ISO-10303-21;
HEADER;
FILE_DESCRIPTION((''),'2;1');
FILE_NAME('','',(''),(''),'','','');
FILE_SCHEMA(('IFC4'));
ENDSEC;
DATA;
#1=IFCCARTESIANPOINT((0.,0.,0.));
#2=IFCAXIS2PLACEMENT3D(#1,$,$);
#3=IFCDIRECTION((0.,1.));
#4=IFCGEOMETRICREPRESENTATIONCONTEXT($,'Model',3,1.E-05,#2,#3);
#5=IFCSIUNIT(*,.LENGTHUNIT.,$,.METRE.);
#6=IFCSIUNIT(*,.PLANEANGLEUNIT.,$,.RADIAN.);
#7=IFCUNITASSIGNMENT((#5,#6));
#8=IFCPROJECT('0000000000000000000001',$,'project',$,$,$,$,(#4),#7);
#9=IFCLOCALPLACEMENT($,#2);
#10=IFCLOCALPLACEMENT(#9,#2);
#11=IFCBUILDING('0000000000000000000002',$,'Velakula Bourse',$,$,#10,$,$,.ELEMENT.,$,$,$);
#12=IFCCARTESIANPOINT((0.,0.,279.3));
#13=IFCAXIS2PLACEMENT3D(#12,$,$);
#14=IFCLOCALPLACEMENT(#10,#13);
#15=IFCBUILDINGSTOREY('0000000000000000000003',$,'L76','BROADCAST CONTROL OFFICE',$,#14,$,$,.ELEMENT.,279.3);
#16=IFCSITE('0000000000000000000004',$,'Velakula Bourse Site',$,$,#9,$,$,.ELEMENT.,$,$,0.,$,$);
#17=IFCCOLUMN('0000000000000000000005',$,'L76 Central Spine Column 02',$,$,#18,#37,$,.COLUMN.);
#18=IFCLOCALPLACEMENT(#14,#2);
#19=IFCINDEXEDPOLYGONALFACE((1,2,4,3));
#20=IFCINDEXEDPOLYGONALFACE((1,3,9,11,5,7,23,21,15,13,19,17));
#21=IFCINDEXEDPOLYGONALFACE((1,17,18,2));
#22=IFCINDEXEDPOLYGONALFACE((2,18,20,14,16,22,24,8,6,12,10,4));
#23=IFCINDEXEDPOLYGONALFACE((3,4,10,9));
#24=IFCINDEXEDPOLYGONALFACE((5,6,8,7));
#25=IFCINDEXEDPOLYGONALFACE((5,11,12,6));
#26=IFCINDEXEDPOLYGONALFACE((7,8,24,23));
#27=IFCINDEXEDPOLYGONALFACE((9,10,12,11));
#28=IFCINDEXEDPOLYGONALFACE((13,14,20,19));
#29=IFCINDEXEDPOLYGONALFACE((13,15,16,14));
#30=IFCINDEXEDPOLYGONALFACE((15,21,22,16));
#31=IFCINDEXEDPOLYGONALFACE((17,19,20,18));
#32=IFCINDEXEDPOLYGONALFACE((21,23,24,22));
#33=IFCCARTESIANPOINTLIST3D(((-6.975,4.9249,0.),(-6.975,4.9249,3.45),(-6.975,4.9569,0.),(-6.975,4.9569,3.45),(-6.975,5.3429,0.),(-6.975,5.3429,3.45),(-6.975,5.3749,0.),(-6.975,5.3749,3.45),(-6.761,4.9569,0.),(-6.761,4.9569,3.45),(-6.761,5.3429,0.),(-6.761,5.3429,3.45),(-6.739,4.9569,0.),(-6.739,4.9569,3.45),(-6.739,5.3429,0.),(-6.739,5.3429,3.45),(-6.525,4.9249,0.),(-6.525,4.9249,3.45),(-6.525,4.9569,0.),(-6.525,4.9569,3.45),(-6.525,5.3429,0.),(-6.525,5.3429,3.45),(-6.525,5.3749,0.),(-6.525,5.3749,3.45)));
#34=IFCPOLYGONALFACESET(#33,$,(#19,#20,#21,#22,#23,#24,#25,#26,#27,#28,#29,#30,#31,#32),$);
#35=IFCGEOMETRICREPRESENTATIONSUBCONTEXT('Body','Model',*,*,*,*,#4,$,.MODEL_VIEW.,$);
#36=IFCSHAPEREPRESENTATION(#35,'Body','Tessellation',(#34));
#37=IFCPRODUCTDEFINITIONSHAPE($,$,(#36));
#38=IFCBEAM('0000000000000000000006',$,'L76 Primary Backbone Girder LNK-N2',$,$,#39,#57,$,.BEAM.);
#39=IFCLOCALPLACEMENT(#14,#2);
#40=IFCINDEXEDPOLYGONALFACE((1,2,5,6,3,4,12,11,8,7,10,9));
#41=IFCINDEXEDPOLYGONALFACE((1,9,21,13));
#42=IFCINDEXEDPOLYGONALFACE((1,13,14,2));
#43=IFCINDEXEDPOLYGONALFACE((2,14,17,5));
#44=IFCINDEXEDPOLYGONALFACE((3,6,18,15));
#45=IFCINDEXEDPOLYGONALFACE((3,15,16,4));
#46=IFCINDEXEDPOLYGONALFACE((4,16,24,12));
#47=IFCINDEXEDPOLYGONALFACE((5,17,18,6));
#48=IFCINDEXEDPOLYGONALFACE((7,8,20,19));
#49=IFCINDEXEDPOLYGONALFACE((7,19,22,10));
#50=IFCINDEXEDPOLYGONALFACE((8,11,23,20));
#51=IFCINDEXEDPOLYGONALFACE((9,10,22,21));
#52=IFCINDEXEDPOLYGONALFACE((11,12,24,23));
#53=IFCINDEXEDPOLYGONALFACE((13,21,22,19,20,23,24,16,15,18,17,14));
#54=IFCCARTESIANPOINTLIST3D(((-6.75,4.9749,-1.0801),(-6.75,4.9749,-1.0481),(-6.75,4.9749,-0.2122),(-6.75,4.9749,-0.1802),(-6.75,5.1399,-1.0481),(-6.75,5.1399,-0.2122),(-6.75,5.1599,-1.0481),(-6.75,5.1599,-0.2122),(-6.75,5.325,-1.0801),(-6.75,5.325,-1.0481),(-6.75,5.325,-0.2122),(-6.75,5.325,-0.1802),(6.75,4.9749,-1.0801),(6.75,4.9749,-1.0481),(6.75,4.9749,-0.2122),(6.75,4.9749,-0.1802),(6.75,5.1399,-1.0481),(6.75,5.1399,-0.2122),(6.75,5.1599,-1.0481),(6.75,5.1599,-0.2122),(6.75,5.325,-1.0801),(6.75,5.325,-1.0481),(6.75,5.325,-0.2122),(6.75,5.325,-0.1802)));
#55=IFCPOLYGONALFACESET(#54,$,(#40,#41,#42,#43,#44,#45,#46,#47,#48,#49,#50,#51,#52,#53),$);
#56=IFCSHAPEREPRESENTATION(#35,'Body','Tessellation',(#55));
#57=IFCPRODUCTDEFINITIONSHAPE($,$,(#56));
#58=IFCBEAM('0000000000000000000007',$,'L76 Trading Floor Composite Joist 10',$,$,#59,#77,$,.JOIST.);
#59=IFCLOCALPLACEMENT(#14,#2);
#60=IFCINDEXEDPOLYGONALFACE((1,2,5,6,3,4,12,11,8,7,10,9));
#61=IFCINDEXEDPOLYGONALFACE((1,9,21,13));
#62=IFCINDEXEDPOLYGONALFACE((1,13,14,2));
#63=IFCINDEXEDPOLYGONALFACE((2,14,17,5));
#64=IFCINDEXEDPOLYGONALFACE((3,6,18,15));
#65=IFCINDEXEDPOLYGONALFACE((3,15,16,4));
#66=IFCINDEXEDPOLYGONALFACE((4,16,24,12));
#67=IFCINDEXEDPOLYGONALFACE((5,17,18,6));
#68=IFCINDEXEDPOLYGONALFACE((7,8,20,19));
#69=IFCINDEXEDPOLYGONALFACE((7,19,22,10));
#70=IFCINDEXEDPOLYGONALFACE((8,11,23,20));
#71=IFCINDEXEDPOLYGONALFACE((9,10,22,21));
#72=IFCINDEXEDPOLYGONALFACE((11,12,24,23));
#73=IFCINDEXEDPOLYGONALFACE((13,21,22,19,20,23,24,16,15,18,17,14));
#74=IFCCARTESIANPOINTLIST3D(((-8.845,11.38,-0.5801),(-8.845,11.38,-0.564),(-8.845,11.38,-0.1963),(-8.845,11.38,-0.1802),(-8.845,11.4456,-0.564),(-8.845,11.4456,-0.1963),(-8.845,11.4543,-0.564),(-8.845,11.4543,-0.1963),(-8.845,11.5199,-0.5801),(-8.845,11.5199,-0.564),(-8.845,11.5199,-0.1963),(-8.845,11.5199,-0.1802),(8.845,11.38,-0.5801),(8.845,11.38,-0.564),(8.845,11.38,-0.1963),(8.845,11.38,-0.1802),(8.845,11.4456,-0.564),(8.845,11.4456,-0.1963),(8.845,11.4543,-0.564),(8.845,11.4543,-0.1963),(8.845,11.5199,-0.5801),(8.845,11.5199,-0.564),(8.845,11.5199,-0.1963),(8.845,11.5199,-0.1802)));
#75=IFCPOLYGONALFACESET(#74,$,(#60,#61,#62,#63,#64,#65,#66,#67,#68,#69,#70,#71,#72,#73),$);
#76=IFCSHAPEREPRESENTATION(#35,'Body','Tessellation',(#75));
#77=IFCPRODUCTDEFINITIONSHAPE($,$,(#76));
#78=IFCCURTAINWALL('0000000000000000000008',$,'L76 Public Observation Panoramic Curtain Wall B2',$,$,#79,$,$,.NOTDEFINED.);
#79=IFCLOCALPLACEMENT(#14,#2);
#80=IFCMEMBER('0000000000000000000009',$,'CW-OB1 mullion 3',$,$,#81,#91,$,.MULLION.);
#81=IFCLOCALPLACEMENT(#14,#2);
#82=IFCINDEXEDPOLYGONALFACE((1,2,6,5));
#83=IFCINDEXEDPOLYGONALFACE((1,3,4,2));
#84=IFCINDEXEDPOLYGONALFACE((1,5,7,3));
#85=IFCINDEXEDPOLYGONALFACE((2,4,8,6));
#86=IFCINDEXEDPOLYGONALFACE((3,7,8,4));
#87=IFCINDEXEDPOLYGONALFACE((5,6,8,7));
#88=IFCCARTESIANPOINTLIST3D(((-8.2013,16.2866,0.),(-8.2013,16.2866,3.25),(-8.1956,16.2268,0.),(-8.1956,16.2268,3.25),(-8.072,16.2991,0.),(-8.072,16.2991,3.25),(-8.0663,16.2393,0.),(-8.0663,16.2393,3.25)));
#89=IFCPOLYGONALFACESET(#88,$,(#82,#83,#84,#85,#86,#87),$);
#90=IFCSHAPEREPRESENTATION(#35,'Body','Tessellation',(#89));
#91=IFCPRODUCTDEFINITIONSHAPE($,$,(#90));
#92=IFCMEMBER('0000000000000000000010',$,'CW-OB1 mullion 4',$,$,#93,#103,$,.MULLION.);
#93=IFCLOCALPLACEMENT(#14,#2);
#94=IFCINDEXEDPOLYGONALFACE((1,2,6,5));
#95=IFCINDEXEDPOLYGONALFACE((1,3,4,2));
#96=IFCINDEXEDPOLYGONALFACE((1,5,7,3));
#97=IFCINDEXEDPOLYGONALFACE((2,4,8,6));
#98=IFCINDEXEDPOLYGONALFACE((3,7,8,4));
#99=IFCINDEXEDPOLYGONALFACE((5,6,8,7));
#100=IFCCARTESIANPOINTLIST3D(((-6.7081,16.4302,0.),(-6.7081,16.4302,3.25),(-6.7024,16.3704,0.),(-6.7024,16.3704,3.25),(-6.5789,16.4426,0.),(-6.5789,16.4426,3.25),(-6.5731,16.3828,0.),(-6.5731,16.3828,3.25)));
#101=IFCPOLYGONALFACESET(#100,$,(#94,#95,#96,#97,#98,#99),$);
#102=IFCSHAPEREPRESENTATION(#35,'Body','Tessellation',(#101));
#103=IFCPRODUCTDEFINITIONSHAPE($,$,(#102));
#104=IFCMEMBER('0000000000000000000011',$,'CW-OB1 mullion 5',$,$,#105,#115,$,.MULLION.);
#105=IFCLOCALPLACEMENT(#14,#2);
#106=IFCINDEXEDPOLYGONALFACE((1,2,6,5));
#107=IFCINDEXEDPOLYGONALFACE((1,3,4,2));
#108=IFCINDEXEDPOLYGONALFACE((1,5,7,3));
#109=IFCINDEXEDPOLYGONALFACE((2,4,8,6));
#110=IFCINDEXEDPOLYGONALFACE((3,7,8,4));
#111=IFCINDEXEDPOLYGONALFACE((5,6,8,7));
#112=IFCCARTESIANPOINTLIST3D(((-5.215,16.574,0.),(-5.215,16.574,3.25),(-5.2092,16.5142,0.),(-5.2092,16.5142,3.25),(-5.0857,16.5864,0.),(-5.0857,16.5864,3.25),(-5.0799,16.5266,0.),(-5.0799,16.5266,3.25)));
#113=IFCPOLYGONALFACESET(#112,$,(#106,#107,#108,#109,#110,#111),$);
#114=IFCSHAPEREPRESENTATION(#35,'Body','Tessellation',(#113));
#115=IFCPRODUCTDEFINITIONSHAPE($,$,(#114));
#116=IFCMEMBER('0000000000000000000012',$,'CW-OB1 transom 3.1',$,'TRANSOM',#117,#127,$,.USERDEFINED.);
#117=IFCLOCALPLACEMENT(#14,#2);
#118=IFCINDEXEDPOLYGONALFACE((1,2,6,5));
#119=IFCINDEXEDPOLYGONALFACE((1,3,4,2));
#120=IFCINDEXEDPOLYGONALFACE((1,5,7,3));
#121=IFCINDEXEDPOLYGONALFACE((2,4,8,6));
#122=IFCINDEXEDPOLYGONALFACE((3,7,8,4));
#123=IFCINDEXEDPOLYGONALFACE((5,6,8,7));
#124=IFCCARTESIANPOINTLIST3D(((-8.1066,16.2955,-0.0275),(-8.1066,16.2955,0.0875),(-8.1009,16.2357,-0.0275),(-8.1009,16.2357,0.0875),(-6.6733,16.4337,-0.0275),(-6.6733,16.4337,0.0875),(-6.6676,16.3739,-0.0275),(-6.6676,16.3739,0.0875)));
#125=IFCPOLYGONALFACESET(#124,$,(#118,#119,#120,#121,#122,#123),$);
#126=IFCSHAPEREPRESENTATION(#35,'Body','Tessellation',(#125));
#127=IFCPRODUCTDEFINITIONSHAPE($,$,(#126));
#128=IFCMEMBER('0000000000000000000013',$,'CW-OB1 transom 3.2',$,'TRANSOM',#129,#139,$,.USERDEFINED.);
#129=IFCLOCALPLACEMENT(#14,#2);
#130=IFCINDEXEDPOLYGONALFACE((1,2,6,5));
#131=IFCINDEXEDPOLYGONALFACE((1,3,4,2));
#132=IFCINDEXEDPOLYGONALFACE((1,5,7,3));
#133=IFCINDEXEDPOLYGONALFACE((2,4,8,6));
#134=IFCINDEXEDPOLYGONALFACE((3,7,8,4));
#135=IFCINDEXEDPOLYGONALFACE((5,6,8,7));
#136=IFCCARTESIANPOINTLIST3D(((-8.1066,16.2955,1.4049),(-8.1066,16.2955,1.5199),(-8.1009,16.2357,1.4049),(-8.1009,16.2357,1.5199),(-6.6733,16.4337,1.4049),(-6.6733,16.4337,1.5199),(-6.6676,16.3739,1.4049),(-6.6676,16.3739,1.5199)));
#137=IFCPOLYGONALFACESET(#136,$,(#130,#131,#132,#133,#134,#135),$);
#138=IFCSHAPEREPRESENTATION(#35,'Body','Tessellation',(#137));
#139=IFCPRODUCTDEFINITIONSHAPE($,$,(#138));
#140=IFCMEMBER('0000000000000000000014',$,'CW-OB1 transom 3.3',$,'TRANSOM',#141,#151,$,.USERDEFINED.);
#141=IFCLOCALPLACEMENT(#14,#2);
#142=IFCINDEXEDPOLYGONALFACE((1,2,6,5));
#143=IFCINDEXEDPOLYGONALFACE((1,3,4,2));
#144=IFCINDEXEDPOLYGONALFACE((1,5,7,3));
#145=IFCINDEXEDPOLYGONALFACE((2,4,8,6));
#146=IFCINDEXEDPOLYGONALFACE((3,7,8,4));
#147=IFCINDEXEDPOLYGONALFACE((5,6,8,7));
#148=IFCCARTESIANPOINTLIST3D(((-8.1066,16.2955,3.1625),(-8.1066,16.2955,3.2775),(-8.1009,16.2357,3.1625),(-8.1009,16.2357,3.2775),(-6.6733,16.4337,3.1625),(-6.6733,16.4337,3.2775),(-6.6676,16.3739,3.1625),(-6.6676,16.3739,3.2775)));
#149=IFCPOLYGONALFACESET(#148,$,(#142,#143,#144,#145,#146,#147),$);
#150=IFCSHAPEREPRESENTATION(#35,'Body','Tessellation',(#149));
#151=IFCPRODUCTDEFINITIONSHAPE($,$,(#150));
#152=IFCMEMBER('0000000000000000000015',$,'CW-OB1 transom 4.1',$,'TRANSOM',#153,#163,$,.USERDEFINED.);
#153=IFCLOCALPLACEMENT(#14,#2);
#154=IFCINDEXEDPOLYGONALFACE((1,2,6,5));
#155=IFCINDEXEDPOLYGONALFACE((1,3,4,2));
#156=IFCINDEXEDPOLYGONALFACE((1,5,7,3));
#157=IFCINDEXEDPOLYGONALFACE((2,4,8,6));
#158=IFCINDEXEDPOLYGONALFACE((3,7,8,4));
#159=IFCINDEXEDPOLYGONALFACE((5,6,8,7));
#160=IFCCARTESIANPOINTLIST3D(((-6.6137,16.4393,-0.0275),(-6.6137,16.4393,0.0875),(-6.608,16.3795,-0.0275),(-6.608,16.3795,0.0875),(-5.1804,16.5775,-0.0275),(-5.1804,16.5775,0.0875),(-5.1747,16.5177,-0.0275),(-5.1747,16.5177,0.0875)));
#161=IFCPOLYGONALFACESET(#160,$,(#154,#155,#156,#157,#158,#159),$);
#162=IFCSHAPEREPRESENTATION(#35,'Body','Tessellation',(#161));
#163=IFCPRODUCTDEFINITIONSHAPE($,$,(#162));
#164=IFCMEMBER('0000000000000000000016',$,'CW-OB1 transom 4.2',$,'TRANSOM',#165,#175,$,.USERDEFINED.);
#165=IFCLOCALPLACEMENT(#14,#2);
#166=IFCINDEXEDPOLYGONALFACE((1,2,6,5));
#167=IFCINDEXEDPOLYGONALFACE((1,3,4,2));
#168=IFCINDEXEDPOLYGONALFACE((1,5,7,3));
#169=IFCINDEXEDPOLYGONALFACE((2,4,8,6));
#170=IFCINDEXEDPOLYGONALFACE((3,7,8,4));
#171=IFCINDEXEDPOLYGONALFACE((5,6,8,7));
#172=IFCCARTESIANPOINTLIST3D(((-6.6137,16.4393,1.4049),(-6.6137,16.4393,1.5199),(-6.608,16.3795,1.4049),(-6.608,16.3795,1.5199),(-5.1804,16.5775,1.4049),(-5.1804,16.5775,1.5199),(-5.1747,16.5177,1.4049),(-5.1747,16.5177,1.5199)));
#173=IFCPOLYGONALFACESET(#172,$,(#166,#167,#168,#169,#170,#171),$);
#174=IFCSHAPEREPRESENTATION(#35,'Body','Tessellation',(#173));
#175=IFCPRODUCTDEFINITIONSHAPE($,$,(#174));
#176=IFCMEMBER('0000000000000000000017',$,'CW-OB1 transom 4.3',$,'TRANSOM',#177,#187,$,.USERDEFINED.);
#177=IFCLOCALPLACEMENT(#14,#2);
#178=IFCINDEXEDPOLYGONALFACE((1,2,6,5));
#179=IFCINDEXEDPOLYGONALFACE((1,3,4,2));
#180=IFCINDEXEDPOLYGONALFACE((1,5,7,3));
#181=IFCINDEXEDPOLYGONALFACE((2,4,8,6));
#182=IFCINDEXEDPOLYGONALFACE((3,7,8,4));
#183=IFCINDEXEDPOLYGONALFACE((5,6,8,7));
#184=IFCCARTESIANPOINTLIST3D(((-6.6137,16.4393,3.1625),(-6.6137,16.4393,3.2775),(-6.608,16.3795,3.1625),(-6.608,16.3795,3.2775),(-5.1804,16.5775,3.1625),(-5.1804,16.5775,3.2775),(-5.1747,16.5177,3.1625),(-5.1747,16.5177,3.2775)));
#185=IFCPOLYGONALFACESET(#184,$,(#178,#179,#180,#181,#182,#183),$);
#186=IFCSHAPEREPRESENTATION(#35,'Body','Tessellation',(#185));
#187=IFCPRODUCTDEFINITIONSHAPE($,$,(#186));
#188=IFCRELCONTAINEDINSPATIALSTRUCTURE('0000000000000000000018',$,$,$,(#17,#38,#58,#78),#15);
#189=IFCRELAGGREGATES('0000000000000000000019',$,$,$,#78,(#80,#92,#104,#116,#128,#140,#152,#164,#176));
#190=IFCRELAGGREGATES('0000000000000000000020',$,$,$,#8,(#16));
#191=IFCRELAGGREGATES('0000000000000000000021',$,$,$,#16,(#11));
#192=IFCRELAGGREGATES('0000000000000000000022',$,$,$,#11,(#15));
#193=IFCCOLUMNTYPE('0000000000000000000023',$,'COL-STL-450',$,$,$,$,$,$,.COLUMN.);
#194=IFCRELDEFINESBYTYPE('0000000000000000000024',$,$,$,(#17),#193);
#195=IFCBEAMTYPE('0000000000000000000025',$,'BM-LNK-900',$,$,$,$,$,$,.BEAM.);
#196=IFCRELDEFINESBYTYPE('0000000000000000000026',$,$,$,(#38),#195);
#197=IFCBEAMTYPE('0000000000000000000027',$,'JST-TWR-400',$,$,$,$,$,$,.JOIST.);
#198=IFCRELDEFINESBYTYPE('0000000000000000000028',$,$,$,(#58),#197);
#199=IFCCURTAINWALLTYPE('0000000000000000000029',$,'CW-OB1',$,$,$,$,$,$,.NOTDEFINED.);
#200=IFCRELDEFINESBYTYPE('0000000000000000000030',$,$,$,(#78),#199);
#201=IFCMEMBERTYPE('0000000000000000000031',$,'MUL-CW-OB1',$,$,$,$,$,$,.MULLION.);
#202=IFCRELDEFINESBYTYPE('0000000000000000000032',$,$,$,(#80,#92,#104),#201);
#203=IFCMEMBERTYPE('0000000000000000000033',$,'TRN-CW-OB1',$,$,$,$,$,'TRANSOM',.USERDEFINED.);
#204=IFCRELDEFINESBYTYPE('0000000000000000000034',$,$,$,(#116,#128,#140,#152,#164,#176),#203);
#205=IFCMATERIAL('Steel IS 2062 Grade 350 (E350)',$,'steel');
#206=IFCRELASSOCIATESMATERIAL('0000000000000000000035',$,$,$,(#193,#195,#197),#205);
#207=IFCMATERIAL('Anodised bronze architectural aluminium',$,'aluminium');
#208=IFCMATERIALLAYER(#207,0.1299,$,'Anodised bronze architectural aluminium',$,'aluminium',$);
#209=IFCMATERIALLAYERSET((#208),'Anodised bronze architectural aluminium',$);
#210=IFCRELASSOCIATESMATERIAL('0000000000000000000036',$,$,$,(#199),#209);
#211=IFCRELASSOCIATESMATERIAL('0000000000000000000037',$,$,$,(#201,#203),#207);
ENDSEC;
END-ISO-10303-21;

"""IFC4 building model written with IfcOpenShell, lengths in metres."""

from ifc_helpers import new_model, si_unit, direction, frame, origin, origin_2d, place, context, subcontext, project, spatial, rectangle, i_section, extrude, material, layer, layer_set, material_profile, profile_set, type_object, element, aggregate, save


model = new_model("IFC4")

# Units and contexts
model_context = context("Model", 3, precision=1e-05, world=origin(), true_north=direction((0.0, 1.0)))
body_context = subcontext(model_context, "Body", "Model", "MODEL_VIEW")
ifc_project = project(units=[si_unit("LENGTHUNIT", "METRE"), si_unit("PLANEANGLEUNIT", "RADIAN")], contexts=[model_context])

# Site, building, storey
site_placement = place(None, origin())
site = spatial("IfcSite", under=ifc_project, at=site_placement, Name="Velakula Bourse Site", CompositionType="ELEMENT", RefElevation=0.0)
building_placement = place(site_placement, origin())
building = spatial("IfcBuilding", under=site, at=building_placement, Name="Velakula Bourse", CompositionType="ELEMENT")
storey_placement = place(building_placement, frame((0.0, 0.0, 279.3)))
storey = spatial("IfcBuildingStorey", under=building, at=storey_placement, Name="L76", Description="BROADCAST CONTROL OFFICE", CompositionType="ELEMENT", Elevation=279.3)

# Column
ifc_material_1 = material(Name="Steel IS 2062 Grade 350 (E350)", Category="steel")
ifc_material_profile_1 = material_profile(ifc_material_1, i_section(OverallWidth=0.45, OverallDepth=0.45, WebThickness=0.022, FlangeThickness=0.032, at=origin_2d()), Name="Steel IS 2062 Grade 350 (E350)")
ifc_profile_set_1 = profile_set([ifc_material_profile_1], Name="Steel IS 2062 Grade 350 (E350)")
column_type = type_object("IfcColumnType", Name="COL-STL-450", PredefinedType="COLUMN", material=ifc_profile_set_1)
column_placement = place(storey_placement, frame((-6.75, 5.1499, 0.0), z_axis=(0.0, 0.0, 1.0), x_axis=(1.0, 0.0, 0.0)))
element("IfcColumn", 1, at=column_placement, inside=storey, type_object=column_type, Name="L76 Central Spine Column 02", PredefinedType="COLUMN", context=body_context, shape_type="SweptSolid", body=[
    extrude(i_section(OverallWidth=0.45, OverallDepth=0.45, WebThickness=0.022, FlangeThickness=0.032, at=origin_2d()), origin(), (0.0, 0.0, 1.0), 3.45),
])

# Beams
ifc_material_profile_2 = material_profile(ifc_material_1, i_section(OverallWidth=0.3501, OverallDepth=0.8999, WebThickness=0.02, FlangeThickness=0.032, at=origin_2d()), Name="Steel IS 2062 Grade 350 (E350)")
ifc_profile_set_2 = profile_set([ifc_material_profile_2], Name="Steel IS 2062 Grade 350 (E350)")
beam_type_1 = type_object("IfcBeamType", Name="BM-LNK-900", PredefinedType="BEAM", material=ifc_profile_set_2)
beam_1_placement = place(storey_placement, frame((-6.75, 5.1499, -0.6301), z_axis=(1.0, 0.0, 0.0), x_axis=(0.0, 1.0, 0.0)))
element("IfcBeam", 2, at=beam_1_placement, inside=storey, type_object=beam_type_1, Name="L76 Primary Backbone Girder LNK-N2", PredefinedType="BEAM", context=body_context, shape_type="SweptSolid", body=[
    extrude(i_section(OverallWidth=0.3501, OverallDepth=0.8999, WebThickness=0.02, FlangeThickness=0.032, at=origin_2d()), origin(), (0.0, 0.0, 1.0), 13.5),
])
ifc_material_profile_3 = material_profile(ifc_material_1, i_section(OverallWidth=0.1399, OverallDepth=0.3999, WebThickness=0.0088, FlangeThickness=0.0161, at=origin_2d()), Name="Steel IS 2062 Grade 350 (E350)")
ifc_profile_set_3 = profile_set([ifc_material_profile_3], Name="Steel IS 2062 Grade 350 (E350)")
beam_type_2 = type_object("IfcBeamType", Name="JST-TWR-400", PredefinedType="JOIST", material=ifc_profile_set_3)
beam_2_placement = place(storey_placement, frame((-8.845, 11.45, -0.3801), z_axis=(1.0, 0.0, 0.0), x_axis=(0.0, 1.0, 0.0)))
element("IfcBeam", 3, at=beam_2_placement, inside=storey, type_object=beam_type_2, Name="L76 Trading Floor Composite Joist 10", PredefinedType="JOIST", context=body_context, shape_type="SweptSolid", body=[
    extrude(i_section(OverallWidth=0.1399, OverallDepth=0.3999, WebThickness=0.0088, FlangeThickness=0.0161, at=origin_2d()), origin(), (0.0, 0.0, 1.0), 17.6899),
])

# Curtain wall, members
ifc_material_2 = material(Name="Anodised bronze architectural aluminium", Category="aluminium")
ifc_layer_1 = layer(ifc_material_2, 0.1299, Name="Anodised bronze architectural aluminium", Category="aluminium")
ifc_layer_set_1 = layer_set([ifc_layer_1], Name="Anodised bronze architectural aluminium")
curtain_wall_type = type_object("IfcCurtainWallType", Name="CW-OB1", PredefinedType="NOTDEFINED", material=ifc_layer_set_1)
curtain_wall_placement = place(storey_placement, origin())
curtain_wall = element("IfcCurtainWall", 4, at=curtain_wall_placement, inside=storey, type_object=curtain_wall_type, Name="L76 Public Observation Panoramic Curtain Wall B2", PredefinedType="NOTDEFINED")
ifc_material_profile_4 = material_profile(ifc_material_2, rectangle(XDim=0.0601, YDim=0.1299, at=origin_2d()), Name="Anodised bronze architectural aluminium")
ifc_profile_set_4 = profile_set([ifc_material_profile_4], Name="Anodised bronze architectural aluminium")
member_type_1 = type_object("IfcMemberType", Name="MUL-CW-OB1", PredefinedType="MULLION", material=ifc_profile_set_4)
member_1_placement = place(storey_placement, frame((-8.1338, 16.2629, 0.0), z_axis=(0.0, 0.0, 1.0), x_axis=(-0.095845, 0.995396, 0.0)))
member_1 = element("IfcMember", 5, at=member_1_placement, type_object=member_type_1, Name="CW-OB1 mullion 3", PredefinedType="MULLION", context=body_context, shape_type="SweptSolid", body=[
    extrude(rectangle(XDim=0.0601, YDim=0.1299, at=origin_2d()), origin(), (0.0, 0.0, 1.0), 3.25),
])
member_2_placement = place(storey_placement, frame((-6.6406, 16.4065, 0.0), z_axis=(0.0, 0.0, 1.0), x_axis=(-0.095845, 0.995396, 0.0)))
member_2 = element("IfcMember", 6, at=member_2_placement, type_object=member_type_1, Name="CW-OB1 mullion 4", PredefinedType="MULLION", context=body_context, shape_type="SweptSolid", body=[
    extrude(rectangle(XDim=0.0601, YDim=0.1299, at=origin_2d()), origin(), (0.0, 0.0, 1.0), 3.25),
])
member_3_placement = place(storey_placement, frame((-5.1475, 16.5503, 0.0), z_axis=(0.0, 0.0, 1.0), x_axis=(-0.095845, 0.995396, 0.0)))
member_3 = element("IfcMember", 7, at=member_3_placement, type_object=member_type_1, Name="CW-OB1 mullion 5", PredefinedType="MULLION", context=body_context, shape_type="SweptSolid", body=[
    extrude(rectangle(XDim=0.0601, YDim=0.1299, at=origin_2d()), origin(), (0.0, 0.0, 1.0), 3.25),
])
ifc_material_profile_5 = material_profile(ifc_material_2, rectangle(XDim=0.0601, YDim=0.115, at=origin_2d()), Name="Anodised bronze architectural aluminium")
ifc_profile_set_5 = profile_set([ifc_material_profile_5], Name="Anodised bronze architectural aluminium")
member_type_2 = type_object("IfcMemberType", Name="TRN-CW-OB1", ElementType="TRANSOM", PredefinedType="USERDEFINED", material=ifc_profile_set_5)
member_4_placement = place(storey_placement, frame((-8.1038, 16.2656, 0.03), z_axis=(0.995385, 0.095961, 0.0), x_axis=(-0.095961, 0.995385, 0.0)))
member_4 = element("IfcMember", 8, at=member_4_placement, type_object=member_type_2, Name="CW-OB1 transom 3.1", ObjectType="TRANSOM", PredefinedType="USERDEFINED", context=body_context, shape_type="SweptSolid", body=[
    extrude(rectangle(XDim=0.0601, YDim=0.115, at=origin_2d()), origin(), (0.0, 0.0, 1.0), 1.4399),
])
member_5_placement = place(storey_placement, frame((-8.1038, 16.2656, 1.4624), z_axis=(0.995385, 0.095961, 0.0), x_axis=(-0.095961, 0.995385, 0.0)))
member_5 = element("IfcMember", 9, at=member_5_placement, type_object=member_type_2, Name="CW-OB1 transom 3.2", ObjectType="TRANSOM", PredefinedType="USERDEFINED", context=body_context, shape_type="SweptSolid", body=[
    extrude(rectangle(XDim=0.0601, YDim=0.115, at=origin_2d()), origin(), (0.0, 0.0, 1.0), 1.4399),
])
member_6_placement = place(storey_placement, frame((-8.1038, 16.2656, 3.22), z_axis=(0.995385, 0.095961, 0.0), x_axis=(-0.095961, 0.995385, 0.0)))
member_6 = element("IfcMember", 10, at=member_6_placement, type_object=member_type_2, Name="CW-OB1 transom 3.3", ObjectType="TRANSOM", PredefinedType="USERDEFINED", context=body_context, shape_type="SweptSolid", body=[
    extrude(rectangle(XDim=0.0601, YDim=0.115, at=origin_2d()), origin(), (0.0, 0.0, 1.0), 1.4399),
])
member_7_placement = place(storey_placement, frame((-6.6108, 16.4094, 0.03), z_axis=(0.995385, 0.095961, 0.0), x_axis=(-0.095961, 0.995385, 0.0)))
member_7 = element("IfcMember", 11, at=member_7_placement, type_object=member_type_2, Name="CW-OB1 transom 4.1", ObjectType="TRANSOM", PredefinedType="USERDEFINED", context=body_context, shape_type="SweptSolid", body=[
    extrude(rectangle(XDim=0.0601, YDim=0.115, at=origin_2d()), origin(), (0.0, 0.0, 1.0), 1.4399),
])
member_8_placement = place(storey_placement, frame((-6.6108, 16.4094, 1.4624), z_axis=(0.995385, 0.095961, 0.0), x_axis=(-0.095961, 0.995385, 0.0)))
member_8 = element("IfcMember", 12, at=member_8_placement, type_object=member_type_2, Name="CW-OB1 transom 4.2", ObjectType="TRANSOM", PredefinedType="USERDEFINED", context=body_context, shape_type="SweptSolid", body=[
    extrude(rectangle(XDim=0.0601, YDim=0.115, at=origin_2d()), origin(), (0.0, 0.0, 1.0), 1.4399),
])
member_9_placement = place(storey_placement, frame((-6.6108, 16.4094, 3.22), z_axis=(0.995385, 0.095961, 0.0), x_axis=(-0.095961, 0.995385, 0.0)))
member_9 = element("IfcMember", 13, at=member_9_placement, type_object=member_type_2, Name="CW-OB1 transom 4.3", ObjectType="TRANSOM", PredefinedType="USERDEFINED", context=body_context, shape_type="SweptSolid", body=[
    extrude(rectangle(XDim=0.0601, YDim=0.115, at=origin_2d()), origin(), (0.0, 0.0, 1.0), 1.4399),
])
aggregate(curtain_wall, [member_1, member_2, member_3, member_4, member_5, member_6, member_7, member_8, member_9])

save(model, "model.ifc")
